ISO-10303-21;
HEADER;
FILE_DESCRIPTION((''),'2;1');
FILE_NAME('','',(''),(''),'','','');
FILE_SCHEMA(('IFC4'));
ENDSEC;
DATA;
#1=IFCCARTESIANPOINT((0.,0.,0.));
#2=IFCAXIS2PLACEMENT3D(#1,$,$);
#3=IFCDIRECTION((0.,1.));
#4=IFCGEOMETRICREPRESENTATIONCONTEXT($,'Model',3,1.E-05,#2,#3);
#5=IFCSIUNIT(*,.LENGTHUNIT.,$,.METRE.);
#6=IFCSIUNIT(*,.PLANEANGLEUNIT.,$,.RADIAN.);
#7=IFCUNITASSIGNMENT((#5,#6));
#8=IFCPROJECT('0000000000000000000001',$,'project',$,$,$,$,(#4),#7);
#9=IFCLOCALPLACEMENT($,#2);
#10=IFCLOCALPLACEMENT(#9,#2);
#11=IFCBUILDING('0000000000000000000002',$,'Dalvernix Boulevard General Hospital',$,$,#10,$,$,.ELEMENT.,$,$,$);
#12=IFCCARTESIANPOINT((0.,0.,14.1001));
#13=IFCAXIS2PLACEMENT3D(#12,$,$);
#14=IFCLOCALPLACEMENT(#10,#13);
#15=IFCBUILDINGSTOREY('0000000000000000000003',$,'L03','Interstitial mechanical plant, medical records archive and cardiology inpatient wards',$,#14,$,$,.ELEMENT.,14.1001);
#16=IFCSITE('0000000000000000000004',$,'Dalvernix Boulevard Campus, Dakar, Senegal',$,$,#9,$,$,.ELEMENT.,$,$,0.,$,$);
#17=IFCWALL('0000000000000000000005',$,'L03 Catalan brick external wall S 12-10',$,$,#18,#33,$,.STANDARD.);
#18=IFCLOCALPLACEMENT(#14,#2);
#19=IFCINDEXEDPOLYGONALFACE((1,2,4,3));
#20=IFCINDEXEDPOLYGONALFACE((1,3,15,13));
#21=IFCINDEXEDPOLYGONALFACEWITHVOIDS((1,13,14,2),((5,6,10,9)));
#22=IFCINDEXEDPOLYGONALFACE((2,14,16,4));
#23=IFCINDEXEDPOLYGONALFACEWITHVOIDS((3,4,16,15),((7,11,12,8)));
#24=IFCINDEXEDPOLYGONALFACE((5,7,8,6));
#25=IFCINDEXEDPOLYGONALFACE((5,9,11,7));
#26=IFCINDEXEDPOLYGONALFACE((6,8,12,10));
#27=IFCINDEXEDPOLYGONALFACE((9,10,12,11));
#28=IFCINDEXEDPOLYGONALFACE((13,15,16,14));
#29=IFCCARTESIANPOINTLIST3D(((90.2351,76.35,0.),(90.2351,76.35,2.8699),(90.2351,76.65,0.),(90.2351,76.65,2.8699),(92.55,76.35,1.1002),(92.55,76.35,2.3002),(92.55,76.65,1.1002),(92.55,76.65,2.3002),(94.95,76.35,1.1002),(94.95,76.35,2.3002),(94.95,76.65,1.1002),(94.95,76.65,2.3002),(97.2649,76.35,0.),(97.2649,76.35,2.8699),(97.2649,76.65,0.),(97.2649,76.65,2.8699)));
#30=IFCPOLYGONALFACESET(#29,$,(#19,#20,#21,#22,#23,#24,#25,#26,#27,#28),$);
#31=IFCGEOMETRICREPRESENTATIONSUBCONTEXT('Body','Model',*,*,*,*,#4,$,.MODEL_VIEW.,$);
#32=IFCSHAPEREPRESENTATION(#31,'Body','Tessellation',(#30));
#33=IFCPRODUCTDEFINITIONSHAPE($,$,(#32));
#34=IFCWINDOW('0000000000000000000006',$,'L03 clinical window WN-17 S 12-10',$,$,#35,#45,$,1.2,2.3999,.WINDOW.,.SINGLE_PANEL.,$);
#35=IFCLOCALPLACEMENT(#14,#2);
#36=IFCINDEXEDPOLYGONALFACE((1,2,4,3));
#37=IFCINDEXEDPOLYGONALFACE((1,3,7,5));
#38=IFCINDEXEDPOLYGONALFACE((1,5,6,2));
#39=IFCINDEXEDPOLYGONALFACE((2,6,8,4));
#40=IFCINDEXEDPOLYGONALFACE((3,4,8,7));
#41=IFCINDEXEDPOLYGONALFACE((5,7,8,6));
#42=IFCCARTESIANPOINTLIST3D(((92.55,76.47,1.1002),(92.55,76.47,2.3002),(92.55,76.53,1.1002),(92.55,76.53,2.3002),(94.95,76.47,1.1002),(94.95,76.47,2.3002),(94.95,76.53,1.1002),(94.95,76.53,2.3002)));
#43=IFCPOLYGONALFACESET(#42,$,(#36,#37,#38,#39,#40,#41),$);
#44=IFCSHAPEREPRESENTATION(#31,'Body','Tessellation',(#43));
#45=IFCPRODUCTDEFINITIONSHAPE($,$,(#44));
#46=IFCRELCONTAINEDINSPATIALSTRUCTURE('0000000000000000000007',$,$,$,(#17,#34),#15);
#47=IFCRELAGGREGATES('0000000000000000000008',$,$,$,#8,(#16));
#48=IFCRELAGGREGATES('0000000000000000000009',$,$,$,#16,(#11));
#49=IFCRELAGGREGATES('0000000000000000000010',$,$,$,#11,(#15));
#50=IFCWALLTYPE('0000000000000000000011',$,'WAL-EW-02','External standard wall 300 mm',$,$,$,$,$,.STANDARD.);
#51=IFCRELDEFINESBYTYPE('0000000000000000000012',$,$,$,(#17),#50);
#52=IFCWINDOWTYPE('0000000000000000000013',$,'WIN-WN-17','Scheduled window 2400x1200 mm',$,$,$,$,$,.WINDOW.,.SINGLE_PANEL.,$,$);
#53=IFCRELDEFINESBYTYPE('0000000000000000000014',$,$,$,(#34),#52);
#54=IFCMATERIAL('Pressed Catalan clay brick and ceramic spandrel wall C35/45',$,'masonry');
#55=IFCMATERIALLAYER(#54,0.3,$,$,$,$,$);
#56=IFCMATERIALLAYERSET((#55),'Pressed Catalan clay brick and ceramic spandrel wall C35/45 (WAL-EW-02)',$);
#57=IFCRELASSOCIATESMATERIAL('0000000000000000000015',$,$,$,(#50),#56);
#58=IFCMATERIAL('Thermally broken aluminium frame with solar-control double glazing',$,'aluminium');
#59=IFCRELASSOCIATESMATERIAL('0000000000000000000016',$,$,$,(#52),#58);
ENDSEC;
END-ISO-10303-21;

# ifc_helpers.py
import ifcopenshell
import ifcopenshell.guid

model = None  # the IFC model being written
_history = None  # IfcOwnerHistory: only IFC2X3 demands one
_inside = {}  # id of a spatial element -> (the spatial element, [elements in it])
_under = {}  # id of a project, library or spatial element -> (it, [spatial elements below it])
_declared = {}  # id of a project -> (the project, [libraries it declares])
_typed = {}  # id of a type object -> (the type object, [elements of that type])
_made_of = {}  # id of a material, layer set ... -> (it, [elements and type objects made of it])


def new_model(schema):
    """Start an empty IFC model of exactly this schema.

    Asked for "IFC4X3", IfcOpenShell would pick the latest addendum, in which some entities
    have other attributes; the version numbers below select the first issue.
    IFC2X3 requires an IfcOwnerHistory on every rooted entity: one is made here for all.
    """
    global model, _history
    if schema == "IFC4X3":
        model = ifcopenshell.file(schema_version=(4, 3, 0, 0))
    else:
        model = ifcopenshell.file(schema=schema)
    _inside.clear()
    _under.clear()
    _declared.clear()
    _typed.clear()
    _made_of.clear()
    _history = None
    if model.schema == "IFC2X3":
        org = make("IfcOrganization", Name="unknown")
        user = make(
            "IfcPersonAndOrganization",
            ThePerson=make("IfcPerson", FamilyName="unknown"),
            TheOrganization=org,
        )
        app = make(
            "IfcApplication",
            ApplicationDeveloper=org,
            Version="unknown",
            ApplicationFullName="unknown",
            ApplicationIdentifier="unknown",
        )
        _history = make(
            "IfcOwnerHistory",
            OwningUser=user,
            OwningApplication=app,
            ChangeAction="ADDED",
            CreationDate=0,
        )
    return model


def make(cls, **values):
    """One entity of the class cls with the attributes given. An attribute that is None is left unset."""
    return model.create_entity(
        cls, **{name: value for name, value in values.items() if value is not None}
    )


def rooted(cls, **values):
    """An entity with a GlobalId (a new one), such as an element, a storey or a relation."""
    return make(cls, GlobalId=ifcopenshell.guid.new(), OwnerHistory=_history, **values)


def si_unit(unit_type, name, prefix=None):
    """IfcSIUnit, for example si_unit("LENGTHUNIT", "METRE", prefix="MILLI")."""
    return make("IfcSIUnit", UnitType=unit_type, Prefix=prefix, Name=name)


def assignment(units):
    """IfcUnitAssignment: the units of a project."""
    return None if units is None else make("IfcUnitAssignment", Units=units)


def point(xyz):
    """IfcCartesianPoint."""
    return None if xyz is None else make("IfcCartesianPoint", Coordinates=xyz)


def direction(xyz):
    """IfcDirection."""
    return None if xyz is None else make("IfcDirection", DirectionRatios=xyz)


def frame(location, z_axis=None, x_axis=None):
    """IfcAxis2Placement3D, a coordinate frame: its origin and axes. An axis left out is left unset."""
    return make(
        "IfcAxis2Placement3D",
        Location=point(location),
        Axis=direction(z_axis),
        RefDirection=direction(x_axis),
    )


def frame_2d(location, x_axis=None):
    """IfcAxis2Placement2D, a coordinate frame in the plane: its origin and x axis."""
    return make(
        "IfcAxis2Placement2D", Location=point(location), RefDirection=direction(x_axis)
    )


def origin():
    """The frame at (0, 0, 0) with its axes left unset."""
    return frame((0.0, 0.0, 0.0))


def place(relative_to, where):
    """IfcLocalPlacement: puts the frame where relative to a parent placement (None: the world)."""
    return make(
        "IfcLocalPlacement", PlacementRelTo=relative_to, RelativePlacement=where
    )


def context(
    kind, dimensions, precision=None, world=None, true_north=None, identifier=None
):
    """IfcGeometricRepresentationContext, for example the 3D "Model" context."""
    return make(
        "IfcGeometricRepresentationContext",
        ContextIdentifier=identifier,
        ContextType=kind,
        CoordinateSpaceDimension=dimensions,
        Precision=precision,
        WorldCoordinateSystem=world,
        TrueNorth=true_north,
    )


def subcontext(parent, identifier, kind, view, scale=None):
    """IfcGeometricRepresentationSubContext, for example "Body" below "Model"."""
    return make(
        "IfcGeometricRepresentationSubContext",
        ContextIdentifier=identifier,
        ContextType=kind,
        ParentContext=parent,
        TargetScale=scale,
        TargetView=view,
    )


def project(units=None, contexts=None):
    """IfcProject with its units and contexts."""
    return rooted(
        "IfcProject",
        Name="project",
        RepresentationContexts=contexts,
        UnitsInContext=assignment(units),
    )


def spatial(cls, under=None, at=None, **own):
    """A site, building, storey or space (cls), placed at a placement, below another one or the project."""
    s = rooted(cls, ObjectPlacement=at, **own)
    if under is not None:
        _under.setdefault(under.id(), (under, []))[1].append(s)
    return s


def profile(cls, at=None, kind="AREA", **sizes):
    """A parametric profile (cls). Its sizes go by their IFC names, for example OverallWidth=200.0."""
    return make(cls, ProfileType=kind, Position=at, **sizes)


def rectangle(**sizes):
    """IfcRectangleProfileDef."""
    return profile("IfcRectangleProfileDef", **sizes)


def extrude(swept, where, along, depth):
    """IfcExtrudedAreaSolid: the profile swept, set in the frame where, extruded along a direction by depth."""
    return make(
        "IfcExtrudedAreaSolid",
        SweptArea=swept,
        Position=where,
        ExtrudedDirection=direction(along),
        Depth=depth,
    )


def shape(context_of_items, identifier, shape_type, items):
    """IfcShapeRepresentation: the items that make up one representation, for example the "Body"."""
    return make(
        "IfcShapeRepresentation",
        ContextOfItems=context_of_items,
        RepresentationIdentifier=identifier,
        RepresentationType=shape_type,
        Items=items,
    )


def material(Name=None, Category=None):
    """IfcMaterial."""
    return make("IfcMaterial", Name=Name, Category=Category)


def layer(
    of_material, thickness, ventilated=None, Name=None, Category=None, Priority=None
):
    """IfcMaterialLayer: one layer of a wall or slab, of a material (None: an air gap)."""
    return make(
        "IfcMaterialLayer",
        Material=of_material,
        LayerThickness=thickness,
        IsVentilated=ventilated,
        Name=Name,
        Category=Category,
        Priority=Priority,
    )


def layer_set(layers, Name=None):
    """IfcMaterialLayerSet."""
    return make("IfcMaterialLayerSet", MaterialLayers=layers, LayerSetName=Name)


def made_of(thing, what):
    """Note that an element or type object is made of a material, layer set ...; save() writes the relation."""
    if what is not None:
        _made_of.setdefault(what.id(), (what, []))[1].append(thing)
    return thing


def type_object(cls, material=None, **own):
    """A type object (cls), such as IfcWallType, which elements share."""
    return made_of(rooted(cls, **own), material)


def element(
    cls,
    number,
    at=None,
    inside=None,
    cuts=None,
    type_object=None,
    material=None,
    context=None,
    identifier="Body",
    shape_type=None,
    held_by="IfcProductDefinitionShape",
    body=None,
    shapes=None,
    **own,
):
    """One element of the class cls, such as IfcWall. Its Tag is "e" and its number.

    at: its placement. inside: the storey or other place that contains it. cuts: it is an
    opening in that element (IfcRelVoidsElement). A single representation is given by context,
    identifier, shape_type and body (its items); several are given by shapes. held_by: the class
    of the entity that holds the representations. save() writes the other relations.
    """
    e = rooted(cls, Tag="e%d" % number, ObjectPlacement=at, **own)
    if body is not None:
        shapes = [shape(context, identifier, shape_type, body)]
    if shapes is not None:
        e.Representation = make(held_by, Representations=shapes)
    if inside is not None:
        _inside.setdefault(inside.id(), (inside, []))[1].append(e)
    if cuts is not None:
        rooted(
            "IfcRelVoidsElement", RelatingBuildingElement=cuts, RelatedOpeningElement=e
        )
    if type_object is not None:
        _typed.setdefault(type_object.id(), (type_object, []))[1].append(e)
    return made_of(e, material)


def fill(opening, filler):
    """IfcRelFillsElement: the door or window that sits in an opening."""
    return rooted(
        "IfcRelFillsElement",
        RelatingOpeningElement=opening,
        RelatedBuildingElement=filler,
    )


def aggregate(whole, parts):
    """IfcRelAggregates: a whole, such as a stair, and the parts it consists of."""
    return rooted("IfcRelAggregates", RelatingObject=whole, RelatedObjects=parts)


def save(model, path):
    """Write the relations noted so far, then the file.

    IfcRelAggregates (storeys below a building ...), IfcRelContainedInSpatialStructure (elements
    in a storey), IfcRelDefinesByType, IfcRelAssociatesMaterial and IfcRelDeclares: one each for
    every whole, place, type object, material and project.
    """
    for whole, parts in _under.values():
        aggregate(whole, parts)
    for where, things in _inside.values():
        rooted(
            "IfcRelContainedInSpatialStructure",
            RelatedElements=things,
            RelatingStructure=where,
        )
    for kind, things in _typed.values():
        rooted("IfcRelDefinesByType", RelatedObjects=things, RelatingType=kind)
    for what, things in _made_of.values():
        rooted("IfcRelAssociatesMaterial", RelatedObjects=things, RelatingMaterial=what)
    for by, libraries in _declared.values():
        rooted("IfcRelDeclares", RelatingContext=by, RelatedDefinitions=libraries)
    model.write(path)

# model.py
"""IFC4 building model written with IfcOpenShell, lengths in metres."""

from ifc_helpers import new_model, si_unit, direction, frame, frame_2d, origin, place, context, subcontext, project, spatial, rectangle, extrude, material, layer, layer_set, type_object, element, fill, save


model = new_model("IFC4")

# Units and contexts
model_context = context("Model", 3, precision=1e-05, world=origin(), true_north=direction((0.0, 1.0)))
body_context = subcontext(model_context, "Body", "Model", "MODEL_VIEW")
ifc_project = project(units=[si_unit("LENGTHUNIT", "METRE"), si_unit("PLANEANGLEUNIT", "RADIAN")], contexts=[model_context])

# Site, building, storey
site_placement = place(None, origin())
site = spatial("IfcSite", under=ifc_project, at=site_placement, Name="Dalvernix Boulevard Campus, Dakar, Senegal", CompositionType="ELEMENT", RefElevation=0.0)
building_placement = place(site_placement, origin())
building = spatial("IfcBuilding", under=site, at=building_placement, Name="Dalvernix Boulevard General Hospital", CompositionType="ELEMENT")
storey_placement = place(building_placement, frame((0.0, 0.0, 14.1001)))
storey = spatial("IfcBuildingStorey", under=building, at=storey_placement, Name="L03", Description="Interstitial mechanical plant, medical records archive and cardiology inpatient wards", CompositionType="ELEMENT", Elevation=14.1001)

# Wall, opening, window
ifc_material_1 = material(Name="Pressed Catalan clay brick and ceramic spandrel wall C35/45", Category="masonry")
ifc_layer = layer(ifc_material_1, 0.3)
ifc_layer_set = layer_set([ifc_layer], Name="Pressed Catalan clay brick and ceramic spandrel wall C35/45 (WAL-EW-02)")
wall_type = type_object("IfcWallType", Name="WAL-EW-02", Description="External standard wall 300 mm", PredefinedType="STANDARD", material=ifc_layer_set)
ifc_material_2 = material(Name="Thermally broken aluminium frame with solar-control double glazing", Category="aluminium")
wall_1_placement = place(storey_placement, frame((97.2649, 76.5, 0.0), z_axis=(0.0, 0.0, 1.0), x_axis=(-1.0, 0.0, 0.0)))
wall_1 = element("IfcWall", 1, at=wall_1_placement, inside=storey, type_object=wall_type, Name="L03 Catalan brick external wall S 12-10", PredefinedType="STANDARD", context=body_context, shape_type="SweptSolid", body=[
    extrude(rectangle(XDim=7.0298, YDim=0.3, at=frame_2d((3.5149, 0.0))), origin(), (0.0, 0.0, 1.0), 2.8699),
])
opening_1_placement = place(wall_1_placement, frame((2.3149, 0.0, 1.1001)))
opening_1 = element("IfcOpeningElement", 2, at=opening_1_placement, cuts=wall_1, PredefinedType="OPENING", context=body_context, shape_type="SweptSolid", body=[
    extrude(rectangle(XDim=2.3999, YDim=1.2, at=frame_2d((1.2, 0.6001))), frame((0.0, 0.1599, 0.0), z_axis=(0.0, -1.0, 0.0), x_axis=(1.0, 0.0, 0.0)), (0.0, 0.0, 1.0), 0.3201),
])
window_type_1 = type_object("IfcWindowType", Name="WIN-WN-17", Description="Scheduled window 2400x1200 mm", PartitioningType="SINGLE_PANEL", PredefinedType="WINDOW", material=ifc_material_2)
window_1_placement = place(opening_1_placement, origin())
window_1 = element("IfcWindow", 3, at=window_1_placement, inside=storey, type_object=window_type_1, Name="L03 clinical window WN-17 S 12-10", OverallHeight=1.2, OverallWidth=2.3999, PartitioningType="SINGLE_PANEL", PredefinedType="WINDOW", context=body_context, shape_type="SweptSolid", body=[
    extrude(rectangle(XDim=2.3999, YDim=1.2, at=frame_2d((1.2, 0.6001))), frame((0.0, 0.03, 0.0), z_axis=(0.0, -1.0, 0.0), x_axis=(1.0, 0.0, 0.0)), (0.0, 0.0, 1.0), 0.0601),
])
fill(opening_1, window_1)

save(model, "model.ifc")
